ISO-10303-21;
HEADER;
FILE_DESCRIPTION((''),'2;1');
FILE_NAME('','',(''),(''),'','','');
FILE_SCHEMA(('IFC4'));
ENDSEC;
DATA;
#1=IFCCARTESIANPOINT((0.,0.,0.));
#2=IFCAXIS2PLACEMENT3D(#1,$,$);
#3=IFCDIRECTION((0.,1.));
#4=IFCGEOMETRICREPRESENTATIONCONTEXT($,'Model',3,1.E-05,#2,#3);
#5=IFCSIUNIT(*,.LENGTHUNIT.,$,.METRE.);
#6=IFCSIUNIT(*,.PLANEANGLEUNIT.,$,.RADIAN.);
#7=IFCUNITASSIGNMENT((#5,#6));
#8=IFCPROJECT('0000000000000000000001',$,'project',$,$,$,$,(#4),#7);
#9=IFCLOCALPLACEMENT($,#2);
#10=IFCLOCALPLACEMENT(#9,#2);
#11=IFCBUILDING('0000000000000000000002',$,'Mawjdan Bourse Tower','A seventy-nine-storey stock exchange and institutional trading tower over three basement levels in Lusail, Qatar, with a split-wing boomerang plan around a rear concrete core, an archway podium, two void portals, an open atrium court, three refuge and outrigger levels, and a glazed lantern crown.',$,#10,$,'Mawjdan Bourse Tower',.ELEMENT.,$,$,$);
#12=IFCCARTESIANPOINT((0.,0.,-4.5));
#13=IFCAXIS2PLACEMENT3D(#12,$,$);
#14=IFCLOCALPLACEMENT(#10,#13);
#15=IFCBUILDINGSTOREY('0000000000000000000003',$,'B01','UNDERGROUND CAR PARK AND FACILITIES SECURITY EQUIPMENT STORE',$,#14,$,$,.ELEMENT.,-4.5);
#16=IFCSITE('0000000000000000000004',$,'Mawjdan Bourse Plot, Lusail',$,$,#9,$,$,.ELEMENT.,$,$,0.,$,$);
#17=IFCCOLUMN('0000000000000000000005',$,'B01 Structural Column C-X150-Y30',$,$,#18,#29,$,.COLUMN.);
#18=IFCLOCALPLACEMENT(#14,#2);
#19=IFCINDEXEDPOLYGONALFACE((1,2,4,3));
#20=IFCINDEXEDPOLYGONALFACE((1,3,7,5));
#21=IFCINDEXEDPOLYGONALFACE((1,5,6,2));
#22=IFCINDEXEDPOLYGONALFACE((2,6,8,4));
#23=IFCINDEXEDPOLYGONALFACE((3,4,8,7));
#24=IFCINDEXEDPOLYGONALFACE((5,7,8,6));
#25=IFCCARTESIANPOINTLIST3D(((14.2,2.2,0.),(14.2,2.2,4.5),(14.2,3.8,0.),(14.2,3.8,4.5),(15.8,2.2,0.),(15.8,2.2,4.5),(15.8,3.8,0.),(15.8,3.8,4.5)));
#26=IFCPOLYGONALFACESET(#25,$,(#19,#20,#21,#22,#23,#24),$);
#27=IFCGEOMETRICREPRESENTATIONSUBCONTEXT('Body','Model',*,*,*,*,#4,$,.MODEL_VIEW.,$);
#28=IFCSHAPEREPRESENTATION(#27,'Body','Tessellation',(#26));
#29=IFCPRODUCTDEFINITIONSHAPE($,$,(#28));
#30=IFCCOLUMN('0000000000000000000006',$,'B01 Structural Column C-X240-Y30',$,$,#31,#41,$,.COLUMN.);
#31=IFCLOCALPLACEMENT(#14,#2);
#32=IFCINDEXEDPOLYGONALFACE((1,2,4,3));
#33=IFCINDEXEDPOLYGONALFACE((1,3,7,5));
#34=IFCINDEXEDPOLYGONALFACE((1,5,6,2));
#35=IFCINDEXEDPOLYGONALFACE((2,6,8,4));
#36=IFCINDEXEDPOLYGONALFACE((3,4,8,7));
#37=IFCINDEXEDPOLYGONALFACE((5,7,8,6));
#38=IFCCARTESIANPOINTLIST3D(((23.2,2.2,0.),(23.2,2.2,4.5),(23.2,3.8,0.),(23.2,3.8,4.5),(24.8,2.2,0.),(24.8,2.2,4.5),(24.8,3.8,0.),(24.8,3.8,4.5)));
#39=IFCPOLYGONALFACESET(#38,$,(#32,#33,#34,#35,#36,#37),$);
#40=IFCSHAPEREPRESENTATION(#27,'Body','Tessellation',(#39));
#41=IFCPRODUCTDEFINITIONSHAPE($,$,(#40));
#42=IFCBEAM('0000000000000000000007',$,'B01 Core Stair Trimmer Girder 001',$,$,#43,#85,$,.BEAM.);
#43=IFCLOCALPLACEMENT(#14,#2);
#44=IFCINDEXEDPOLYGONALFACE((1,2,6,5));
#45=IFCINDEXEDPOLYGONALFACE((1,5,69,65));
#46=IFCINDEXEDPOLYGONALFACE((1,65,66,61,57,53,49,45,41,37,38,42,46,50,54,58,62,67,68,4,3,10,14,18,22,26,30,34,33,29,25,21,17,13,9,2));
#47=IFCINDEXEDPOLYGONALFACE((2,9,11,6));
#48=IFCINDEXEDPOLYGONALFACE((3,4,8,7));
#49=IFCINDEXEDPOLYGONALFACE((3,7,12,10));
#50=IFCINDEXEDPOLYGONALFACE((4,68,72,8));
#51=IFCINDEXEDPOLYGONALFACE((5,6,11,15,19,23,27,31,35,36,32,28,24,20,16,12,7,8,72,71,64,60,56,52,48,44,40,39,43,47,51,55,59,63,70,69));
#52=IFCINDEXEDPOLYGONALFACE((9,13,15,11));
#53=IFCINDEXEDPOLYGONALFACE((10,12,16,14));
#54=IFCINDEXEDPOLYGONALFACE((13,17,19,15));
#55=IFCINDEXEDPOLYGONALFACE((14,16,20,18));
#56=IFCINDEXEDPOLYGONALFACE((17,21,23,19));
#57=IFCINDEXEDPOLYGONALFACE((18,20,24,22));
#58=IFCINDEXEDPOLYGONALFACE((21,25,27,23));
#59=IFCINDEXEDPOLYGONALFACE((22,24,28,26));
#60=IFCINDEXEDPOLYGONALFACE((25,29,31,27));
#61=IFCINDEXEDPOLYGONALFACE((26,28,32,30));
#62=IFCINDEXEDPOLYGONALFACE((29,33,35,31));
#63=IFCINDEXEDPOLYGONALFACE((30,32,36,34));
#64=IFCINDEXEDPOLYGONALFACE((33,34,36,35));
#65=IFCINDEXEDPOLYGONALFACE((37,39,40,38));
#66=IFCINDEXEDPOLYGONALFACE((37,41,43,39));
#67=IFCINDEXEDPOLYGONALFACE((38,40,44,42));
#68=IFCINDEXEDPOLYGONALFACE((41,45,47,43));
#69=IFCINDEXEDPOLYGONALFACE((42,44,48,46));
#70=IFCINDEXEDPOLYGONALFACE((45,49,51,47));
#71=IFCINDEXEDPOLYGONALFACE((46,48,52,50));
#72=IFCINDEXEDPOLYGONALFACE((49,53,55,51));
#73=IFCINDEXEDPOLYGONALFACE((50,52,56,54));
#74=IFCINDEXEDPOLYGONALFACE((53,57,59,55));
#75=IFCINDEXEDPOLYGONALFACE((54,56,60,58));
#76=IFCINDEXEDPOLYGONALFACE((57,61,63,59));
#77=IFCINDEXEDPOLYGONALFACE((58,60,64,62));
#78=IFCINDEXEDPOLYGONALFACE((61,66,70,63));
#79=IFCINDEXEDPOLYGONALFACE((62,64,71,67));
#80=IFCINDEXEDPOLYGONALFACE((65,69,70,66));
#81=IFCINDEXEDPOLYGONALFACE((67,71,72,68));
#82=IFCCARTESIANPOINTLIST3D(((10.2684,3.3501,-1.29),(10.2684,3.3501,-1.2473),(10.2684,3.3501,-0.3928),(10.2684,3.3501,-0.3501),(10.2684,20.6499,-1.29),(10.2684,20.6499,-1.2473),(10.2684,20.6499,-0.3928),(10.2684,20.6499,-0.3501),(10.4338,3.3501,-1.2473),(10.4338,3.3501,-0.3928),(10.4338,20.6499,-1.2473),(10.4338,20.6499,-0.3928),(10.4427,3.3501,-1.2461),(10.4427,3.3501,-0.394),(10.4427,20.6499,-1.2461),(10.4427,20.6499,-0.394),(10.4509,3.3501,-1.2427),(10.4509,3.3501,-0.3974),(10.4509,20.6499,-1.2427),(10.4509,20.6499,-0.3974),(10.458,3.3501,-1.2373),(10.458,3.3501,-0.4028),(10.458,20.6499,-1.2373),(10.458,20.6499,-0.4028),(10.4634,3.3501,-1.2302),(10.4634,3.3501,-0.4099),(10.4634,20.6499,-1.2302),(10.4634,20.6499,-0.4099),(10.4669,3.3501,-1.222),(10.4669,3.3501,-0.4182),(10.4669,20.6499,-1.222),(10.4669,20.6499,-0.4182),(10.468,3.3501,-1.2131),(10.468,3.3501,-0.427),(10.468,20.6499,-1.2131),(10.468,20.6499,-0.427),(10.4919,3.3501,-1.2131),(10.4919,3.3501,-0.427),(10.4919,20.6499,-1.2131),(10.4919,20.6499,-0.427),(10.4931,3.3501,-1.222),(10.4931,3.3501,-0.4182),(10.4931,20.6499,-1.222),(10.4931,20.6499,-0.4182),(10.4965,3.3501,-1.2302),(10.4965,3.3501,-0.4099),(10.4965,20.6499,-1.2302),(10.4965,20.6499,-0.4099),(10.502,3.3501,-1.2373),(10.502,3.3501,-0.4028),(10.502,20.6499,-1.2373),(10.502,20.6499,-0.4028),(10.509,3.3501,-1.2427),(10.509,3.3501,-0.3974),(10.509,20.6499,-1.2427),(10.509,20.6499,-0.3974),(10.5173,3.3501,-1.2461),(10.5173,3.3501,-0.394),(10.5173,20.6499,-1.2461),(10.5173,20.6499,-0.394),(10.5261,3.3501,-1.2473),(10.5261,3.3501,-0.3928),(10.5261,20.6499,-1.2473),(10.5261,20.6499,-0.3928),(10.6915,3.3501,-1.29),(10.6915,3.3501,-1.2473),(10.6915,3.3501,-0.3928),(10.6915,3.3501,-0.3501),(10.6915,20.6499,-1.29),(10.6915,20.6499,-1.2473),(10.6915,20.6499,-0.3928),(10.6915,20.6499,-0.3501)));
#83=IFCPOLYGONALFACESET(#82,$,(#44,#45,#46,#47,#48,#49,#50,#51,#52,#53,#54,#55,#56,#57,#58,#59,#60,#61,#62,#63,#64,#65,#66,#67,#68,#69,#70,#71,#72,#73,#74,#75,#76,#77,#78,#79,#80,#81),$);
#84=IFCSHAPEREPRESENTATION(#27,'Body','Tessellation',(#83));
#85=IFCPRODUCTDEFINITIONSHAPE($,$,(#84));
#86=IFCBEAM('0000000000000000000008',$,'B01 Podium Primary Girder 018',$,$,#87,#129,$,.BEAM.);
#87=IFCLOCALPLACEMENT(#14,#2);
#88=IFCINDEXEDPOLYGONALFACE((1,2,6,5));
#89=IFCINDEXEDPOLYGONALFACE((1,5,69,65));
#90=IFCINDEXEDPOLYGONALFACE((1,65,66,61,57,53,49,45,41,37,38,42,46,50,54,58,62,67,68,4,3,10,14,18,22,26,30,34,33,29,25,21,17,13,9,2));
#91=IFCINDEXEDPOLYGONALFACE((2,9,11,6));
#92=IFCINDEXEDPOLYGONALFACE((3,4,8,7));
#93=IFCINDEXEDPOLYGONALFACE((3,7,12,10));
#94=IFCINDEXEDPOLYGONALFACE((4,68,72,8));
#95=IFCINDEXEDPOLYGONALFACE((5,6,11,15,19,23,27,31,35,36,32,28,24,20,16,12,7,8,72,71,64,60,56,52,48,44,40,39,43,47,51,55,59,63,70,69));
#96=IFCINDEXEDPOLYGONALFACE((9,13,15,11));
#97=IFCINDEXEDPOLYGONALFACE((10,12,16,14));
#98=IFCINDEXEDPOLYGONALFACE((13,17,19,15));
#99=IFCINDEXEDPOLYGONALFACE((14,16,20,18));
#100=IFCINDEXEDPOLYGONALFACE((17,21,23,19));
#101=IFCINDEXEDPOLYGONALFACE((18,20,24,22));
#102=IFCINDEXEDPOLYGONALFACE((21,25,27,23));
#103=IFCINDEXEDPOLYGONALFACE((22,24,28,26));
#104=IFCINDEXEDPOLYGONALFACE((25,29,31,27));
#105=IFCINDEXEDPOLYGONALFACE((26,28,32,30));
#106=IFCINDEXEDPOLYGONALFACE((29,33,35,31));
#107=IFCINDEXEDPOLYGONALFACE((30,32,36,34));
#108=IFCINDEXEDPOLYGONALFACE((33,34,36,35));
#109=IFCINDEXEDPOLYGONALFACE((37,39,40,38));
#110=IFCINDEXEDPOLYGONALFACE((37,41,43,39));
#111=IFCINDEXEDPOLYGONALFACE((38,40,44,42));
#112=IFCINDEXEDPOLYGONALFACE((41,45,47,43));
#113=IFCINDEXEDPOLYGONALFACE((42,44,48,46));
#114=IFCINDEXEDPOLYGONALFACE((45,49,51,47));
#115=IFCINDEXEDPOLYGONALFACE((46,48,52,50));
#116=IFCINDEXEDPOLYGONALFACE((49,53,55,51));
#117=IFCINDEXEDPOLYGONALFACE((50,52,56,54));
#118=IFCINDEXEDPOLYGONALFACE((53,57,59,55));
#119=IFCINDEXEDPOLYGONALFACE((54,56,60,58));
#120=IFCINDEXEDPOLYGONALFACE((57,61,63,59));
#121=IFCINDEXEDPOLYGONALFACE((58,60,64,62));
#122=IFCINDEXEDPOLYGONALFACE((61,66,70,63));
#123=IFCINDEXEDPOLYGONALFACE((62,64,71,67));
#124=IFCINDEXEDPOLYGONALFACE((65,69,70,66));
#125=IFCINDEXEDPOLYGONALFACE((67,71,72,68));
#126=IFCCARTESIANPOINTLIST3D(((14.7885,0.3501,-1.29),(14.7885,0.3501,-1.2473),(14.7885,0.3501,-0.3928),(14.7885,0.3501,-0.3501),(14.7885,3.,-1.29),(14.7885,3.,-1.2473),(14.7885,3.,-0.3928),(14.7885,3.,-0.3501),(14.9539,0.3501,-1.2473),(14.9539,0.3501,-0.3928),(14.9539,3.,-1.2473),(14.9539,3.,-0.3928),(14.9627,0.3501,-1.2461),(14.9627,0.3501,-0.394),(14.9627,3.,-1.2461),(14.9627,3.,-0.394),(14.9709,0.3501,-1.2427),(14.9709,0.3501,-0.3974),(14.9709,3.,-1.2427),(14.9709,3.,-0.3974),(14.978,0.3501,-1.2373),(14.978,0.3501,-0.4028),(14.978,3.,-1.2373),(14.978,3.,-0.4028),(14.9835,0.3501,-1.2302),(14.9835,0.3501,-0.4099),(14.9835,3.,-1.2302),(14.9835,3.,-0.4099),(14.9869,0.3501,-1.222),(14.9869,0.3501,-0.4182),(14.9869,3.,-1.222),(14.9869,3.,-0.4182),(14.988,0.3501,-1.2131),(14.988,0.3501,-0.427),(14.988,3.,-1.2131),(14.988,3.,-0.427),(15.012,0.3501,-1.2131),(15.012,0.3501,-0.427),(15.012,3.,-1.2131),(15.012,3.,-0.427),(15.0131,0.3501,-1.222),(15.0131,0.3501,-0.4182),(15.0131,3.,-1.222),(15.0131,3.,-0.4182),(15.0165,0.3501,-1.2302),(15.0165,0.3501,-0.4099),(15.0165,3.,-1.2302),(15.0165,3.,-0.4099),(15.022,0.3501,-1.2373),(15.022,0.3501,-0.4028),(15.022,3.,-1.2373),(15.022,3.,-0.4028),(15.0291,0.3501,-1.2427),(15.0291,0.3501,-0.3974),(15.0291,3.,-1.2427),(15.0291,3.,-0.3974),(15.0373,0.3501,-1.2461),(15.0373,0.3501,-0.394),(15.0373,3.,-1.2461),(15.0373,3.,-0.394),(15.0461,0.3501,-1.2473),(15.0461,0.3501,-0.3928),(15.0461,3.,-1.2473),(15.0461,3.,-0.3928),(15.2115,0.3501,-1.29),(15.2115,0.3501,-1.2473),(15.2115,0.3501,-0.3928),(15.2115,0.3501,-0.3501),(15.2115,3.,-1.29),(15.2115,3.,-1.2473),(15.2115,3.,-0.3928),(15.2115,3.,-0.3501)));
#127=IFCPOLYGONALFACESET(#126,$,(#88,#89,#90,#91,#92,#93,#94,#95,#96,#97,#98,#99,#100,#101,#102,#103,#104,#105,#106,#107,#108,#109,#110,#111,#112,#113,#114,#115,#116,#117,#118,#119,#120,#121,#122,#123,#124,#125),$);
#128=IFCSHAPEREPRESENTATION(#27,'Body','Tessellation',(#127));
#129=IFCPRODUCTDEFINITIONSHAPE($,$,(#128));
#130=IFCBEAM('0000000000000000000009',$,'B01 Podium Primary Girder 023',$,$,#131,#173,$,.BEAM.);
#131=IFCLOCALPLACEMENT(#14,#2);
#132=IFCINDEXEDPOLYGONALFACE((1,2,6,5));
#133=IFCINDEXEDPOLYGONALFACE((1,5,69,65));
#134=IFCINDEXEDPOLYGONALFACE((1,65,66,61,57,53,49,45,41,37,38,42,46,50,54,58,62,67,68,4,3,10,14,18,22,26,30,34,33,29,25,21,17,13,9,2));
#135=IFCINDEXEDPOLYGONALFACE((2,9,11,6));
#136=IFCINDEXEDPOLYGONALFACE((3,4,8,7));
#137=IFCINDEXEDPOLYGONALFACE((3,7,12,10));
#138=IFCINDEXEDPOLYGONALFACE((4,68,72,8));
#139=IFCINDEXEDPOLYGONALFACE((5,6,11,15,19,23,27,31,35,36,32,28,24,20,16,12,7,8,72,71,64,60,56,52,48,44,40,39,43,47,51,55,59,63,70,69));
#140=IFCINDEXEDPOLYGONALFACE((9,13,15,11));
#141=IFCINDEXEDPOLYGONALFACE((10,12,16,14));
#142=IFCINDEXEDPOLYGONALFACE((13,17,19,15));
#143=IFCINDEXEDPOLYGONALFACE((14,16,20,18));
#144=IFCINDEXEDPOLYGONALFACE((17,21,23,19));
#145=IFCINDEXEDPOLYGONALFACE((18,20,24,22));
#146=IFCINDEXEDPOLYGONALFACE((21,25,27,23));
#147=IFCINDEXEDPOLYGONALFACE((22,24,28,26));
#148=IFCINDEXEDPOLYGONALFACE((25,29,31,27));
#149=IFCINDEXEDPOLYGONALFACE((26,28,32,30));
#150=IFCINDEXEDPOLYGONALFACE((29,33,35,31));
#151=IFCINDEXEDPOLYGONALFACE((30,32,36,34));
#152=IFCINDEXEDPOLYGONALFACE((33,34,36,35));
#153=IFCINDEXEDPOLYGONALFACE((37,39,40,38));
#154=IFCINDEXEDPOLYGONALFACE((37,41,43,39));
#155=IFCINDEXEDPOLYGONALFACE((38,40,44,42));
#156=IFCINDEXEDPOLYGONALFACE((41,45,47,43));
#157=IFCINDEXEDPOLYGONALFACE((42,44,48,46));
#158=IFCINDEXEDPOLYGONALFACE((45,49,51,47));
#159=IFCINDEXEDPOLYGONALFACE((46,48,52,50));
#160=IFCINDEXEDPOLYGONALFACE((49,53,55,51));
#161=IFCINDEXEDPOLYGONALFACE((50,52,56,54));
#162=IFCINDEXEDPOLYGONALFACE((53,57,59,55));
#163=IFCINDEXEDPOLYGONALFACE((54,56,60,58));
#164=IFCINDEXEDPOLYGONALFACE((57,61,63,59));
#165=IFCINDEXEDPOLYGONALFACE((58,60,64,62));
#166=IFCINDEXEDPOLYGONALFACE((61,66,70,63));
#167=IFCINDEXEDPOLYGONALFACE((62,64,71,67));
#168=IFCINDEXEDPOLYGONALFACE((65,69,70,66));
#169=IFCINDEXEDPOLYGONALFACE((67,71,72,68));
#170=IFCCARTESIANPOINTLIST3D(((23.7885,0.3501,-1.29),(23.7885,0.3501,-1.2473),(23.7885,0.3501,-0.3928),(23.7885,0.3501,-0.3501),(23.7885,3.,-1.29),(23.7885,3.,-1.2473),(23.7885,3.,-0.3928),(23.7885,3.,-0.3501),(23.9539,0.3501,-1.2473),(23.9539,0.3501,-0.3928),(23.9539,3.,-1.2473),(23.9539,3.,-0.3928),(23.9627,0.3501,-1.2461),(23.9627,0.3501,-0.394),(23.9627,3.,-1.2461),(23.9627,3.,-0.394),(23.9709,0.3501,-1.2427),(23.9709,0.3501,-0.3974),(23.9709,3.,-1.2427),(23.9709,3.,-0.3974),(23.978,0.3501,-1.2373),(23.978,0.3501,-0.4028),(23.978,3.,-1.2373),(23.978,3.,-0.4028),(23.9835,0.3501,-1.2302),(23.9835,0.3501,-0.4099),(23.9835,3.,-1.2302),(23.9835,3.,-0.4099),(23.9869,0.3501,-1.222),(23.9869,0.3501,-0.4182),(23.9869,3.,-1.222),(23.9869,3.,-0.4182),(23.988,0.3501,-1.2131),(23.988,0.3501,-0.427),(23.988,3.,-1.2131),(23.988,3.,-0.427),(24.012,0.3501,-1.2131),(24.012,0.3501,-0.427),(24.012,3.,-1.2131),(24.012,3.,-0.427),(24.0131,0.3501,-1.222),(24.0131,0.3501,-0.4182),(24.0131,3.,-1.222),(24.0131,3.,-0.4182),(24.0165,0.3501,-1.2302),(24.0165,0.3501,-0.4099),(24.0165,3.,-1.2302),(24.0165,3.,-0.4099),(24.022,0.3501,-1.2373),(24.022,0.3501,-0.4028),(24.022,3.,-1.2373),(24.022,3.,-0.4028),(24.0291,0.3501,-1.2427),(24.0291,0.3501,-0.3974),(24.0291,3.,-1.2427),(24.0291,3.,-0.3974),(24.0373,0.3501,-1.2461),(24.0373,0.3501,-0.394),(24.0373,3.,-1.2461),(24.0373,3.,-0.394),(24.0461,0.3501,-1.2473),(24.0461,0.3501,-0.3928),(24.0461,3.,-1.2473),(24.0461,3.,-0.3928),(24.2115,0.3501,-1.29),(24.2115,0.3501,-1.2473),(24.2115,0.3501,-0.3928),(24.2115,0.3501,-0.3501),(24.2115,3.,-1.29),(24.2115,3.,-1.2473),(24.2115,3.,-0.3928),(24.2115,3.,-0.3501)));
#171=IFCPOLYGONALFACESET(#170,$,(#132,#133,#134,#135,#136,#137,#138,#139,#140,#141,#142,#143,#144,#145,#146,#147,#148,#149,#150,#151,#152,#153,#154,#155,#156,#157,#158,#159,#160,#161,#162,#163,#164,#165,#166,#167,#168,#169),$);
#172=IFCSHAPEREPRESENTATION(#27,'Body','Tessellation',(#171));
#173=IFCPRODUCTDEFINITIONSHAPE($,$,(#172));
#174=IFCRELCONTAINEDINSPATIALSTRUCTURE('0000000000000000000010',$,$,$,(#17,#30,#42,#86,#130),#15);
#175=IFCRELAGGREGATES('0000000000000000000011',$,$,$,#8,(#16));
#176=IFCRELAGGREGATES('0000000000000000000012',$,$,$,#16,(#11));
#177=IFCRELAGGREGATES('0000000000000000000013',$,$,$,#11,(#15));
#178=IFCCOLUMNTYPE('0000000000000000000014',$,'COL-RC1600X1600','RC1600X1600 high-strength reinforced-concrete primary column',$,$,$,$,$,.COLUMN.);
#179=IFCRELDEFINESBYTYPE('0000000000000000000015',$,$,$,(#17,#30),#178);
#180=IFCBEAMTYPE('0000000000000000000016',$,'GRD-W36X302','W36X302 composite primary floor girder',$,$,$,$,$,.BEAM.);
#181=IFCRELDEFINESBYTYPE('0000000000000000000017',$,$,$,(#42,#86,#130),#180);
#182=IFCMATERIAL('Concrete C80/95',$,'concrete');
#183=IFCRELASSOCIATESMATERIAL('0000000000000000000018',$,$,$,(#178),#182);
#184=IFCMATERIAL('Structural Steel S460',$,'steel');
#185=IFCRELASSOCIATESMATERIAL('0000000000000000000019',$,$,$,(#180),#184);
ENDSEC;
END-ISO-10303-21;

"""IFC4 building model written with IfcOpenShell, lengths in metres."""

from ifc_helpers import new_model, si_unit, direction, frame, origin, origin_2d, place, context, subcontext, project, spatial, rectangle, i_section, extrude, material, material_profile, profile_set, type_object, element, save


model = new_model("IFC4")

# Units and contexts
model_context = context("Model", 3, precision=1e-05, world=origin(), true_north=direction((0.0, 1.0)))
body_context = subcontext(model_context, "Body", "Model", "MODEL_VIEW")
ifc_project = project(units=[si_unit("LENGTHUNIT", "METRE"), si_unit("PLANEANGLEUNIT", "RADIAN")], contexts=[model_context])

# Site, building, storey
site_placement = place(None, origin())
site = spatial("IfcSite", under=ifc_project, at=site_placement, Name="Mawjdan Bourse Plot, Lusail", CompositionType="ELEMENT", RefElevation=0.0)
building_placement = place(site_placement, origin())
building = spatial("IfcBuilding", under=site, at=building_placement, Name="Mawjdan Bourse Tower", Description="A seventy-nine-storey stock exchange and institutional trading tower over three basement levels in Lusail, Qatar, with a split-wing boomerang plan around a rear concrete core, an archway podium, two void portals, an open atrium court, three refuge and outrigger levels, and a glazed lantern crown.", LongName="Mawjdan Bourse Tower", CompositionType="ELEMENT")
storey_placement = place(building_placement, frame((0.0, 0.0, -4.5)))
storey = spatial("IfcBuildingStorey", under=building, at=storey_placement, Name="B01", Description="UNDERGROUND CAR PARK AND FACILITIES SECURITY EQUIPMENT STORE", CompositionType="ELEMENT", Elevation=-4.5)

# Columns
ifc_material_1 = material(Name="Concrete C80/95", Category="concrete")
ifc_material_profile_1 = material_profile(ifc_material_1, rectangle(XDim=1.6001, YDim=1.6001, at=origin_2d()), Name="RC1600X1600")
ifc_profile_set_1 = profile_set([ifc_material_profile_1], Name="Concrete C80/95")
column_type = type_object("IfcColumnType", Name="COL-RC1600X1600", Description="RC1600X1600 high-strength reinforced-concrete primary column", PredefinedType="COLUMN", material=ifc_profile_set_1)
for number, where, z_axis, x_axis, name in (
    (1, (15.0, 3.0, 0.0), (0.0, 0.0, 1.0), (1.0, 0.0, 0.0), "B01 Structural Column C-X150-Y30"),
    (2, (24.0, 3.0, 0.0), (0.0, 0.0, 1.0), (1.0, 0.0, 0.0), "B01 Structural Column C-X240-Y30"),
):
    element("IfcColumn", number, at=place(storey_placement, frame(where, z_axis=z_axis, x_axis=x_axis)), inside=storey, type_object=column_type, Name=name, PredefinedType="COLUMN", context=body_context, shape_type="SweptSolid", body=[
        extrude(rectangle(XDim=1.6001, YDim=1.6001, at=origin_2d()), origin(), (0.0, 0.0, 1.0), 4.5),
    ])

# Beams
ifc_material_2 = material(Name="Structural Steel S460", Category="steel")
ifc_material_profile_2 = material_profile(ifc_material_2, i_section(OverallWidth=0.4231, OverallDepth=0.9399, WebThickness=0.0239, FlangeThickness=0.0427, FilletRadius=0.0342, at=origin_2d()), Name="W36X302")
ifc_profile_set_2 = profile_set([ifc_material_profile_2], Name="Structural Steel S460")
beam_type_1 = type_object("IfcBeamType", Name="GRD-W36X302", Description="W36X302 composite primary floor girder", PredefinedType="BEAM", material=ifc_profile_set_2)
beam_1_placement = place(storey_placement, frame((10.48, 3.3501, -0.8201), z_axis=(0.0, 1.0, 0.0), x_axis=(-1.0, 0.0, 0.0)))
element("IfcBeam", 3, at=beam_1_placement, inside=storey, type_object=beam_type_1, Name="B01 Core Stair Trimmer Girder 001", PredefinedType="BEAM", context=body_context, shape_type="SweptSolid", body=[
    extrude(i_section(OverallWidth=0.4231, OverallDepth=0.9399, WebThickness=0.0239, FlangeThickness=0.0427, FilletRadius=0.0342, at=origin_2d()), origin(), (0.0, 0.0, 1.0), 17.2998),
])
for number, where, z_axis, x_axis, name in (
    (4, (15.0, 0.3501, -0.8201), (0.0, 1.0, 0.0), (-1.0, 0.0, 0.0), "B01 Podium Primary Girder 018"),
    (5, (24.0, 0.3501, -0.8201), (0.0, 1.0, 0.0), (-1.0, 0.0, 0.0), "B01 Podium Primary Girder 023"),
):
    element("IfcBeam", number, at=place(storey_placement, frame(where, z_axis=z_axis, x_axis=x_axis)), inside=storey, type_object=beam_type_1, Name=name, PredefinedType="BEAM", context=body_context, shape_type="SweptSolid", body=[
        extrude(i_section(OverallWidth=0.4231, OverallDepth=0.9399, WebThickness=0.0239, FlangeThickness=0.0427, FilletRadius=0.0342, at=origin_2d()), origin(), (0.0, 0.0, 1.0), 2.6499),
    ])

save(model, "model.ifc")
